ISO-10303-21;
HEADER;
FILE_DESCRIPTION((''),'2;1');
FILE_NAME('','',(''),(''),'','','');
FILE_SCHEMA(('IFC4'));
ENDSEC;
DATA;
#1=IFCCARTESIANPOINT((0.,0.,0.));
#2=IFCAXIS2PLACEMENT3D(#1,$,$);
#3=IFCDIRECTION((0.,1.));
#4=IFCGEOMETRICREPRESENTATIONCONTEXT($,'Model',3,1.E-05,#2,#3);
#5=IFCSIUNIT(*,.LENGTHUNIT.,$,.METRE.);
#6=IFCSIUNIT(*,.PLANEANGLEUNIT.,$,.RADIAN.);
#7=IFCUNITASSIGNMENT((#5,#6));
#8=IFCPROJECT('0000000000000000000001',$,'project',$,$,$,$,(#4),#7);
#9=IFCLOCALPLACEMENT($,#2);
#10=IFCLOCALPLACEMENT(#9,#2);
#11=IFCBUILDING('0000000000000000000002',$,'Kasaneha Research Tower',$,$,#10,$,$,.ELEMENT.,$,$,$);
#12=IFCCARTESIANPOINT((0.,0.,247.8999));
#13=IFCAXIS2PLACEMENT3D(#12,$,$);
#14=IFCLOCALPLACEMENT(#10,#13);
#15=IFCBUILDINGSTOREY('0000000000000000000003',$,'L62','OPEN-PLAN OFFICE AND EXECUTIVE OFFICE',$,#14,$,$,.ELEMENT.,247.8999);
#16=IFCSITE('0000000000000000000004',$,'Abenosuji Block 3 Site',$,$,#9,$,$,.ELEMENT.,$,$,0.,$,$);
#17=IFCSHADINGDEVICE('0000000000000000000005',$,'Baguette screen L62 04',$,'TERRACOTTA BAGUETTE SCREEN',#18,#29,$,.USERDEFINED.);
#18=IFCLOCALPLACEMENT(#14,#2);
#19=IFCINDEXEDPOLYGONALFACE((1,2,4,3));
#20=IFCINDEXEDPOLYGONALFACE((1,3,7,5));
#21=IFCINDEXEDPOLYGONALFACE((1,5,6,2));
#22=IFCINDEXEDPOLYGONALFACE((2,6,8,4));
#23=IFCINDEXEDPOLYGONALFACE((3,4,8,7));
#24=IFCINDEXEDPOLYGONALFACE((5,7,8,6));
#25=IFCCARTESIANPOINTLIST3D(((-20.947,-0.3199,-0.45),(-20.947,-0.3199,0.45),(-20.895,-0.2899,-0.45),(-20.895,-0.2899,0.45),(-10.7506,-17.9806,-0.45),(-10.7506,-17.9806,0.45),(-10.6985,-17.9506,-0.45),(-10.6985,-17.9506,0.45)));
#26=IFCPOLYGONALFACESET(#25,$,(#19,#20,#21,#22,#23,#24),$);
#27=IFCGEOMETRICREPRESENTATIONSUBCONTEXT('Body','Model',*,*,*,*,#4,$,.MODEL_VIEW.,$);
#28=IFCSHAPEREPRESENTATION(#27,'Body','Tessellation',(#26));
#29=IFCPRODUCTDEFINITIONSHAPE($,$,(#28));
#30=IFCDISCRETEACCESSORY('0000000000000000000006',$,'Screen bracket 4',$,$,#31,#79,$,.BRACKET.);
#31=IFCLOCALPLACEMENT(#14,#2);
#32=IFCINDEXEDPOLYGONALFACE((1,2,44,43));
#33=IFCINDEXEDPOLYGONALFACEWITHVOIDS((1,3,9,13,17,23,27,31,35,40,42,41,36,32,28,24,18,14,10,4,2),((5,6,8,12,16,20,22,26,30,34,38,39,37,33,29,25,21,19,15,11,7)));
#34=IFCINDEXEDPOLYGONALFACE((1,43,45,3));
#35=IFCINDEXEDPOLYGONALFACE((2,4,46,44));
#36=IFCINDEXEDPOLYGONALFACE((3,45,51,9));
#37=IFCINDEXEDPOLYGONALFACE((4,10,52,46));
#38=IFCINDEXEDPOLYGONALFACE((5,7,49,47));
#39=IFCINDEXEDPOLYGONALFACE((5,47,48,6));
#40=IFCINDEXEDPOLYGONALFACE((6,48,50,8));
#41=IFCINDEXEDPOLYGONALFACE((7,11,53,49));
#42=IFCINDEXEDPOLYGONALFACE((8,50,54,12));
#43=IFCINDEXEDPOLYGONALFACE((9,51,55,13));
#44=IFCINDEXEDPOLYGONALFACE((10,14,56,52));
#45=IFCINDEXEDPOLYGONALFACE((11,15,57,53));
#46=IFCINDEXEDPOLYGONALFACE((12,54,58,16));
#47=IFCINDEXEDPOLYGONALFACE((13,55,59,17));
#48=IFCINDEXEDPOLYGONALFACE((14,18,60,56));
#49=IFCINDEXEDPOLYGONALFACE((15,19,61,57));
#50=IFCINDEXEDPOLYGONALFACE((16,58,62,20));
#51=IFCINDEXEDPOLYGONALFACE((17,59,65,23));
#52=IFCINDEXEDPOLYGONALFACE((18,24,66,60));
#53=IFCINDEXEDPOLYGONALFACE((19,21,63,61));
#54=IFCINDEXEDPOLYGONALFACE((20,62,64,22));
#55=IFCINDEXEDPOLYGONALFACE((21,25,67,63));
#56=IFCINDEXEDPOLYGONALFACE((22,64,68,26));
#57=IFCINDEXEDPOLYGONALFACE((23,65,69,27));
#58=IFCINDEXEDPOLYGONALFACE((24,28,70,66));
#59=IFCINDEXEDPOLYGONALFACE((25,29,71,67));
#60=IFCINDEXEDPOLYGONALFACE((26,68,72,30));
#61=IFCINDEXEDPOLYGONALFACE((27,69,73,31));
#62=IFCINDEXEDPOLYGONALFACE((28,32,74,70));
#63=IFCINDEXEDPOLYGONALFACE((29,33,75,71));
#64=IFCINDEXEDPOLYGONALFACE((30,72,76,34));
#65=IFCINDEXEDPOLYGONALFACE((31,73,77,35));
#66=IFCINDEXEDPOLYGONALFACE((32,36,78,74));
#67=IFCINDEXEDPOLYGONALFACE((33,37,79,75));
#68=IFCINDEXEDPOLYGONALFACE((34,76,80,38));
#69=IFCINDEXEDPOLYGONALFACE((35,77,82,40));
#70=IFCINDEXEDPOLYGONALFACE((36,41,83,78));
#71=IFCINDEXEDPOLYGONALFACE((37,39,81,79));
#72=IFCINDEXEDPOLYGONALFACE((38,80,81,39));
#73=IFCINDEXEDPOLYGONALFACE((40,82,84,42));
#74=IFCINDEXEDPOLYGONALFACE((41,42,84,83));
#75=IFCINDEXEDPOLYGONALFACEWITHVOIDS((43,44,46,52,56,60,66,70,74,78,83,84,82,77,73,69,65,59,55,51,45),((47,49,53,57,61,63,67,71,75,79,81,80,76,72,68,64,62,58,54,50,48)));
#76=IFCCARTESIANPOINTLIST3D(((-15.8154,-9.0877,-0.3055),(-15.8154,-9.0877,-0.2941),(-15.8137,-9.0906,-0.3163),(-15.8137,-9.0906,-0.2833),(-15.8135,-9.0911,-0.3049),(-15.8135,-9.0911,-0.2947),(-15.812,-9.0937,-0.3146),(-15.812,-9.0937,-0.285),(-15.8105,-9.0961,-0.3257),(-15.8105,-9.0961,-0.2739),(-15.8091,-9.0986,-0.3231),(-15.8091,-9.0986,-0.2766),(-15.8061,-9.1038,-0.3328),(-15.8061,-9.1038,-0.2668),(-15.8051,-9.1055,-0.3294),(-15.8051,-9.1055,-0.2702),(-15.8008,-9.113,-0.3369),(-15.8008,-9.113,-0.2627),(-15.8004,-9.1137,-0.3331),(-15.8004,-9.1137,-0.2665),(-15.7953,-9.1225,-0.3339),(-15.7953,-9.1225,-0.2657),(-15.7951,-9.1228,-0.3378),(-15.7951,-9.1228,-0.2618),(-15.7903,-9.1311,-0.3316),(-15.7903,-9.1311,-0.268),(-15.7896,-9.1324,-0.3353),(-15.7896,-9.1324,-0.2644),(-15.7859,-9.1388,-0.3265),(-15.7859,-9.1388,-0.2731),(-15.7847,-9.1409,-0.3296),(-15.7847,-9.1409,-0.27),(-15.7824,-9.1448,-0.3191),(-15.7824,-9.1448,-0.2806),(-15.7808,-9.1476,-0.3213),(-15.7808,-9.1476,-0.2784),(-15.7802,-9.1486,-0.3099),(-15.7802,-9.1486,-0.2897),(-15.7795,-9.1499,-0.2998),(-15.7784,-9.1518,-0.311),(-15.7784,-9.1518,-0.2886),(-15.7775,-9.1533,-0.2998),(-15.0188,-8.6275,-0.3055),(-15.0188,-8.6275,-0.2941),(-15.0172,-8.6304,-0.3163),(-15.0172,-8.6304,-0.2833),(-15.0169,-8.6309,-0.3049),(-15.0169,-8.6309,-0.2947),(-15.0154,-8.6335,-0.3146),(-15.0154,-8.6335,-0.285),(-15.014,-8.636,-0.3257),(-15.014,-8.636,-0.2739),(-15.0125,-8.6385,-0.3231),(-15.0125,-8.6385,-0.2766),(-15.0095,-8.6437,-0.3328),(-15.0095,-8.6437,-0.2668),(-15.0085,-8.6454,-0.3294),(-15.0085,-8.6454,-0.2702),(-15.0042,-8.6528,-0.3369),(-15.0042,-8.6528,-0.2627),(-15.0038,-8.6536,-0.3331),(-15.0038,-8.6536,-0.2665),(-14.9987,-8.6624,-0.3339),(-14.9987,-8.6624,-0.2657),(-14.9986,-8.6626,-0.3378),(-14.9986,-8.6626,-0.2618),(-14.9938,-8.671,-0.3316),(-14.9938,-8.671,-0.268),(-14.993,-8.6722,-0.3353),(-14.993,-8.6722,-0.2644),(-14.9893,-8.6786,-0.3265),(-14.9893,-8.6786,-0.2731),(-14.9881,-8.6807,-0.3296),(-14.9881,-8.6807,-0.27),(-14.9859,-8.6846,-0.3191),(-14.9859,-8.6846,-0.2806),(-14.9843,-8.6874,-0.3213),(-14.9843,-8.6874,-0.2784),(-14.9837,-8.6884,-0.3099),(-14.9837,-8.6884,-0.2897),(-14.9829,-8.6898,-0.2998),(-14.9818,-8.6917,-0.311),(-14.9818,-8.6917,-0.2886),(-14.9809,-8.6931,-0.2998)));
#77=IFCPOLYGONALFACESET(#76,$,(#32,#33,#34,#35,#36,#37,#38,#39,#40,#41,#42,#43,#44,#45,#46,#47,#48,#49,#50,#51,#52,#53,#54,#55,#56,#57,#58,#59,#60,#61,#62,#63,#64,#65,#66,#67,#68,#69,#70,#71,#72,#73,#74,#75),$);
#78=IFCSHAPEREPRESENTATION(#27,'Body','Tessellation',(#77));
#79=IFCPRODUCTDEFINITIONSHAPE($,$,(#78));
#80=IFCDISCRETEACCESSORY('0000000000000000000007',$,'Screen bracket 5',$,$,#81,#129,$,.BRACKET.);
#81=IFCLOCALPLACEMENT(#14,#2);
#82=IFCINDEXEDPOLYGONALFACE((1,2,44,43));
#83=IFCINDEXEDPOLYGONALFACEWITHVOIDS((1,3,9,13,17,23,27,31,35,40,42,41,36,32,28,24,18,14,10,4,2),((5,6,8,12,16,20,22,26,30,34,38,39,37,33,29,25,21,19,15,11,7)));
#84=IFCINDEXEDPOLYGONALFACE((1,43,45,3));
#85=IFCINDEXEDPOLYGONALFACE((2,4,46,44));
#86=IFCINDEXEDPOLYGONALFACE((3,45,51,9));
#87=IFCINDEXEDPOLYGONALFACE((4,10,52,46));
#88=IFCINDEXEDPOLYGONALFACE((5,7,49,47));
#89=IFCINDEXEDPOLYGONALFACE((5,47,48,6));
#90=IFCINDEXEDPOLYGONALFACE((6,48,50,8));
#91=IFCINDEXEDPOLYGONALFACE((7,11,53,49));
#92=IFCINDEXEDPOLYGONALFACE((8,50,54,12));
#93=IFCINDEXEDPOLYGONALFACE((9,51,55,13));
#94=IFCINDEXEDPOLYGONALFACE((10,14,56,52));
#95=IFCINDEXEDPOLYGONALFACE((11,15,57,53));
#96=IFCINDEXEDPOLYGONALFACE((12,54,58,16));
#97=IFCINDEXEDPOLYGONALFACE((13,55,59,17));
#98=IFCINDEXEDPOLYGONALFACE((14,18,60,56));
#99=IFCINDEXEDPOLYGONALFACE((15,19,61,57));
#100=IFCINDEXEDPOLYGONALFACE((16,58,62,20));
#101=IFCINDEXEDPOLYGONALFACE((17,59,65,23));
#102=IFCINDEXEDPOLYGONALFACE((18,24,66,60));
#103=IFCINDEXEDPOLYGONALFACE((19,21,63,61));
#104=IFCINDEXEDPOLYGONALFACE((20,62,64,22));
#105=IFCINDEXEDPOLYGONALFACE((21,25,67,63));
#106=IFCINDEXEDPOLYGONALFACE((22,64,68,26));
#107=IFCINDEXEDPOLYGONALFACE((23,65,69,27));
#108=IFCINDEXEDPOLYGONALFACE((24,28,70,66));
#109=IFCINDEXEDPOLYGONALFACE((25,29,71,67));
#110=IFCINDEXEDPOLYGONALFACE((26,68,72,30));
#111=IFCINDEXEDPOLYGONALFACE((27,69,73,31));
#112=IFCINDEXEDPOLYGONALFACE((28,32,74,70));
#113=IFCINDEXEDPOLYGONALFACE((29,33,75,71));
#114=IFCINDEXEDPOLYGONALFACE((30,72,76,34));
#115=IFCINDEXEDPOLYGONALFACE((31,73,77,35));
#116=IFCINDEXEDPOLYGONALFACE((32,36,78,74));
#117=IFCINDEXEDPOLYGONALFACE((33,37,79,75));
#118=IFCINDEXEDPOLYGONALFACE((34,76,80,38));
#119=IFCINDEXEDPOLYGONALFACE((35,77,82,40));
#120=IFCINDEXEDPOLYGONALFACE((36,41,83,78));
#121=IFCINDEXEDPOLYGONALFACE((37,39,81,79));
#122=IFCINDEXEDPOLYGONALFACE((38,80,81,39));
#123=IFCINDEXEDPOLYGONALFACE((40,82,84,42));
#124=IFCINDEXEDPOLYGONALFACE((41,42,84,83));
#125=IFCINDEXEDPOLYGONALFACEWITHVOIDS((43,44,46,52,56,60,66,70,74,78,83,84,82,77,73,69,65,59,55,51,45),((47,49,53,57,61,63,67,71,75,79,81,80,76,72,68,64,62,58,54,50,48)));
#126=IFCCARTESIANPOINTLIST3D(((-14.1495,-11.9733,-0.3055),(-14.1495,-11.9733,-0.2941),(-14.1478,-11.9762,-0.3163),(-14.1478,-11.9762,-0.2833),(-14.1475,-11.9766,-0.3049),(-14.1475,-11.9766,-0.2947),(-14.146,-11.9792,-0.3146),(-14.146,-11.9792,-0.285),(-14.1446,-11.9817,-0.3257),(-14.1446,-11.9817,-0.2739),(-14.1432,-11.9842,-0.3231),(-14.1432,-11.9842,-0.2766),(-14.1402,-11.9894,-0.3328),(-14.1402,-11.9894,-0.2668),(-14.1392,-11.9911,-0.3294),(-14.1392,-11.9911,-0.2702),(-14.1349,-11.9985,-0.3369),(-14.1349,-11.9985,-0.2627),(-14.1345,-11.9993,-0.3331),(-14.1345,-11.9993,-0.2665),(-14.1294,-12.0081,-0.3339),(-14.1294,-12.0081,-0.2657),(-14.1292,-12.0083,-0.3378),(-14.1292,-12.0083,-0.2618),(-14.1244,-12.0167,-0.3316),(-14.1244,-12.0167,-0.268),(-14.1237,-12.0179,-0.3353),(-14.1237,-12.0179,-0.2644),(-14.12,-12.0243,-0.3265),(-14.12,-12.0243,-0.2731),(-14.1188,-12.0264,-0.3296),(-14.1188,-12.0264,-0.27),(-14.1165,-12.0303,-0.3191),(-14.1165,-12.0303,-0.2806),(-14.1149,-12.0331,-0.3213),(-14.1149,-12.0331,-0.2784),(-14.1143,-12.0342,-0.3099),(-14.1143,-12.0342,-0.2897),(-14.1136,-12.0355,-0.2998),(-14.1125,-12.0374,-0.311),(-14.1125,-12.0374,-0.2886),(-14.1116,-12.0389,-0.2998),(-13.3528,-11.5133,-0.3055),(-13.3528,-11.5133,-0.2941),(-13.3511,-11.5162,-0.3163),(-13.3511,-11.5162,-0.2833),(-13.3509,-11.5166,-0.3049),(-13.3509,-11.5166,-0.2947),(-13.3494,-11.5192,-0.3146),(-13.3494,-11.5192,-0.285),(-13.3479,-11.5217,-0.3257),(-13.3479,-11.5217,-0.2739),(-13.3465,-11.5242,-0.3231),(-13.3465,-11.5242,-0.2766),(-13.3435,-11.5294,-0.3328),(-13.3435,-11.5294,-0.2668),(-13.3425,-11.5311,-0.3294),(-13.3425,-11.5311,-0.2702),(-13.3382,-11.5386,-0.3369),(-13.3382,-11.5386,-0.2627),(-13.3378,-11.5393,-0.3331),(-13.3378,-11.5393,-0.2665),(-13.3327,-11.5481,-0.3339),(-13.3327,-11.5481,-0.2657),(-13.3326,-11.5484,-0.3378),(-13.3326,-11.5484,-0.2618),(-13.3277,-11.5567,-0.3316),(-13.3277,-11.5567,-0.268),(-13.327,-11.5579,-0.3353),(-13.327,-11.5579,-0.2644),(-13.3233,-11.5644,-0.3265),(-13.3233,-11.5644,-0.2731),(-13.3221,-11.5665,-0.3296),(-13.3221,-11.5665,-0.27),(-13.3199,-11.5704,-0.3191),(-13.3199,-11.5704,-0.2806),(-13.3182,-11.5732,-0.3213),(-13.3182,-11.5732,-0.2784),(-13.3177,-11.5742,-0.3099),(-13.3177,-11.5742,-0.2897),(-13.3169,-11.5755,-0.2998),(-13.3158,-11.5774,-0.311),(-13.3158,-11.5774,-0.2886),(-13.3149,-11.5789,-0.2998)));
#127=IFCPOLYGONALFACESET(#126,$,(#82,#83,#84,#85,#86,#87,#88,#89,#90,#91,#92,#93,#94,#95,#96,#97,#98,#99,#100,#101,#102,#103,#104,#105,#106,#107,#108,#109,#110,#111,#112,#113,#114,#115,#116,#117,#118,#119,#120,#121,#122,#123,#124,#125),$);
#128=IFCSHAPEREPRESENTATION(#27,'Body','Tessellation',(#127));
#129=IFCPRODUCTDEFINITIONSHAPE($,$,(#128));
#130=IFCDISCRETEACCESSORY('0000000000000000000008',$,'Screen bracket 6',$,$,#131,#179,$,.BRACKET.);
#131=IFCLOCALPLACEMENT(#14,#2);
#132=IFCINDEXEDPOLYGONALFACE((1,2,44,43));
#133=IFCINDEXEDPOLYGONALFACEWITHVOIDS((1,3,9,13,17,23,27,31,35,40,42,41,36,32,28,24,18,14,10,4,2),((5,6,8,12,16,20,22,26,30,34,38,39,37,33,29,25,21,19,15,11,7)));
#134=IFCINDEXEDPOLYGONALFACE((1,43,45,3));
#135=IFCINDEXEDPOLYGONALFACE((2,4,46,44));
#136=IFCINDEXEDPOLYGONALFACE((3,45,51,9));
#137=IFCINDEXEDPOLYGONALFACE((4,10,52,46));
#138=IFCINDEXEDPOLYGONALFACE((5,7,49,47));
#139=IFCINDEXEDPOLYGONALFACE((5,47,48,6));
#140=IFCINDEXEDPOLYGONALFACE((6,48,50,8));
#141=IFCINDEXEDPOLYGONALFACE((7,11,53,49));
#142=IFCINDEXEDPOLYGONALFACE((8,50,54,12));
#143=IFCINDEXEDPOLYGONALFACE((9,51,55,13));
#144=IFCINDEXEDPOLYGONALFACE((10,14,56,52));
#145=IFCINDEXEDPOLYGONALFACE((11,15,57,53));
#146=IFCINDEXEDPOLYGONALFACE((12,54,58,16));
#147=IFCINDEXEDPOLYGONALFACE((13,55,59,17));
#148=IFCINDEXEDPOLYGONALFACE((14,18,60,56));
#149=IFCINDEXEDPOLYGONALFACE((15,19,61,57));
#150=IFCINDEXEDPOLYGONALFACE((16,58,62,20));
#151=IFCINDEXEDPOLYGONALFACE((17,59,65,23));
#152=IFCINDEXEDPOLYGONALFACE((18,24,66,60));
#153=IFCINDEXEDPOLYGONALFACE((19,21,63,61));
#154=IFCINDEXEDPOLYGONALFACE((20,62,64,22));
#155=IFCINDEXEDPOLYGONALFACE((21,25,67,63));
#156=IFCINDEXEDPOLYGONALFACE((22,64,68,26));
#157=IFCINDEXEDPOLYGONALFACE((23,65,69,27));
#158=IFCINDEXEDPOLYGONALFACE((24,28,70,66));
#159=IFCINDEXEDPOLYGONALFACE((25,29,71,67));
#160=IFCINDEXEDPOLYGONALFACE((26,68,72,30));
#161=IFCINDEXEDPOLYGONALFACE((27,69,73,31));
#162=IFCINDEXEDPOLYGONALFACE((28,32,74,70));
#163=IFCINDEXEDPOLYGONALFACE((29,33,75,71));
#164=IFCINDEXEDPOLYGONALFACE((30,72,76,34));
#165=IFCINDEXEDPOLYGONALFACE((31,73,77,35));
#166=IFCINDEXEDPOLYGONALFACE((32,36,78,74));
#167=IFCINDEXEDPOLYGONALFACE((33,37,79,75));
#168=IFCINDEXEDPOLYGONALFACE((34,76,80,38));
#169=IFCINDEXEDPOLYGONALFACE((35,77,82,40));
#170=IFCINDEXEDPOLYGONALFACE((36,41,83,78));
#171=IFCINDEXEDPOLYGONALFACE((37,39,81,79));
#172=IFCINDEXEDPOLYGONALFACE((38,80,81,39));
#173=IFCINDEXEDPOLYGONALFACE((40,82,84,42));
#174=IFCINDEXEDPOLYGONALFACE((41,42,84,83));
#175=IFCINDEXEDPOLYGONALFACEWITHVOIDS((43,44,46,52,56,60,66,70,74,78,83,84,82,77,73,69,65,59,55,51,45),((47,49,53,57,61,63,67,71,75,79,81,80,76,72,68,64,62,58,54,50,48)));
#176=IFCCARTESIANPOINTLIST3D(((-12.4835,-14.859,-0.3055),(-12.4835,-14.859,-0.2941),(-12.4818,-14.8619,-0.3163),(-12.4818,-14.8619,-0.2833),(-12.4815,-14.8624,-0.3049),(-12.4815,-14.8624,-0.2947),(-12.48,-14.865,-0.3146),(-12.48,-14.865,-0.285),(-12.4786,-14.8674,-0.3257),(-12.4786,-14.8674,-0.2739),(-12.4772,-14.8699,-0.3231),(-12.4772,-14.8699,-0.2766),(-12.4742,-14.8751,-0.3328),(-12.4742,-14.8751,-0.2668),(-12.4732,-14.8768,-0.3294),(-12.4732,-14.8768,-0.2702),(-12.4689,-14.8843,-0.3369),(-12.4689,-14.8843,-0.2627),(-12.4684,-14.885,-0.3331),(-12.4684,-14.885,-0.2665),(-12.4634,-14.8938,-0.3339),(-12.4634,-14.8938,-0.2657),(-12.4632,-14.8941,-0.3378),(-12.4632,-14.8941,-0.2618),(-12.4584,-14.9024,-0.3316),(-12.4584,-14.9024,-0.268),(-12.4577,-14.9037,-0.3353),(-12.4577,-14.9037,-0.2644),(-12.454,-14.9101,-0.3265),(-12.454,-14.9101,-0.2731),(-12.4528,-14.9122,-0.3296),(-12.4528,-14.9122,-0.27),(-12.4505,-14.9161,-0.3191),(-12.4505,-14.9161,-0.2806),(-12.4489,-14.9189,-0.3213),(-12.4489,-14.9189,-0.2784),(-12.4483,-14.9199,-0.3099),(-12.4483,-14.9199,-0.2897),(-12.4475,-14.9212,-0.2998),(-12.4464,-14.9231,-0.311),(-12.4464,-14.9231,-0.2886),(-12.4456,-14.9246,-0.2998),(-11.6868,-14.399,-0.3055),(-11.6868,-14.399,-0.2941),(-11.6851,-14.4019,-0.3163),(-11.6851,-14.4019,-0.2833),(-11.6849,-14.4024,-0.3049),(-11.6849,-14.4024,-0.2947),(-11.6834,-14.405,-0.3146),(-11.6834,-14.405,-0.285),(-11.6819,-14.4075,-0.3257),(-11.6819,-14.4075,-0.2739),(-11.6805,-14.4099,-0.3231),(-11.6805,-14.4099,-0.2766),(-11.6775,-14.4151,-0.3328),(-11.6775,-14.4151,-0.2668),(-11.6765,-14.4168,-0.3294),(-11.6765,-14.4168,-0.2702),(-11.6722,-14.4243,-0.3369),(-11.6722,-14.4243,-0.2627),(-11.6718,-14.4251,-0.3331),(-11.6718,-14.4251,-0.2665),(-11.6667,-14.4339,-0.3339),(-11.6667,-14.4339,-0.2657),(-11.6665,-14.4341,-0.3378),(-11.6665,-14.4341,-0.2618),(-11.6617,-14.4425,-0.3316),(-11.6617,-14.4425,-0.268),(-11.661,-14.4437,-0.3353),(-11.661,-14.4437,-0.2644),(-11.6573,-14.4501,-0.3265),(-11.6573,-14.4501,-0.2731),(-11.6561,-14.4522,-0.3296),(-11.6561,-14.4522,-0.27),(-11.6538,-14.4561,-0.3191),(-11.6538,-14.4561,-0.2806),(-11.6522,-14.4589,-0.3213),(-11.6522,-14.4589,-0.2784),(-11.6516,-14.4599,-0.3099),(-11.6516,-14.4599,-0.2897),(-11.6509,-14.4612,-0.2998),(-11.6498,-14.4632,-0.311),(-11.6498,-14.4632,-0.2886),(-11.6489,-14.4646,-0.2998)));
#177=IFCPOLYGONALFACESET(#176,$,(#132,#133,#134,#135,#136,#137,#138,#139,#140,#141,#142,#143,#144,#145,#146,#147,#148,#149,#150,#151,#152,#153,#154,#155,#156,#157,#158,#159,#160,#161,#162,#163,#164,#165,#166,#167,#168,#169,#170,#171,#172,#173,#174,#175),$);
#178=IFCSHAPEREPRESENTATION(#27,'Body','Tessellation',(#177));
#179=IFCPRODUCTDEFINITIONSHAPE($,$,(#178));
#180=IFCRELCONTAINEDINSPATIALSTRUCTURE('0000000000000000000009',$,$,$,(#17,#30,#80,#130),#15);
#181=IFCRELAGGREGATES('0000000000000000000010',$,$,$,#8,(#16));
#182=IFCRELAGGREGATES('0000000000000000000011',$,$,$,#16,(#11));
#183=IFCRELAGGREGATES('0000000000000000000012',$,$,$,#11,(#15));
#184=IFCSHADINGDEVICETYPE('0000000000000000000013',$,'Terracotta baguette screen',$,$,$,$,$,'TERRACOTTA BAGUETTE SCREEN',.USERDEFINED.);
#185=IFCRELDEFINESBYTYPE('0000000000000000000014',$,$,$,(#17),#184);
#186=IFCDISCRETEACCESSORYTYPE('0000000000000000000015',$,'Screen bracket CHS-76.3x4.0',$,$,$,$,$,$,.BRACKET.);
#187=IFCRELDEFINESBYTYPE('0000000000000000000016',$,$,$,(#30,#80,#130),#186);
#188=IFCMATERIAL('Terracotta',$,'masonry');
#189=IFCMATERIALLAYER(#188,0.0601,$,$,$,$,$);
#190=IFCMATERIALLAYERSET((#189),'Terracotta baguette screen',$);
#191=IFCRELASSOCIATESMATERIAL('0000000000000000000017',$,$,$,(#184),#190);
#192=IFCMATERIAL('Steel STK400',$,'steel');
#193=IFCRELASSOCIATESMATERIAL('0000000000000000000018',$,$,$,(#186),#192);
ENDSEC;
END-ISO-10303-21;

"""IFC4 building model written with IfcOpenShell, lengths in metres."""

from ifc_helpers import new_model, si_unit, direction, frame, origin, origin_2d, place, context, subcontext, project, spatial, rectangle, hollow_circle, extrude, material, layer, layer_set, material_profile, profile_set, type_object, element, save


model = new_model("IFC4")

# Units and contexts
model_context = context("Model", 3, precision=1e-05, world=origin(), true_north=direction((0.0, 1.0)))
body_context = subcontext(model_context, "Body", "Model", "MODEL_VIEW")
ifc_project = project(units=[si_unit("LENGTHUNIT", "METRE"), si_unit("PLANEANGLEUNIT", "RADIAN")], contexts=[model_context])

# Site, building, storey
site_placement = place(None, origin())
site = spatial("IfcSite", under=ifc_project, at=site_placement, Name="Abenosuji Block 3 Site", CompositionType="ELEMENT", RefElevation=0.0)
building_placement = place(site_placement, origin())
building = spatial("IfcBuilding", under=site, at=building_placement, Name="Kasaneha Research Tower", CompositionType="ELEMENT")
storey_placement = place(building_placement, frame((0.0, 0.0, 247.8999)))
storey = spatial("IfcBuildingStorey", under=building, at=storey_placement, Name="L62", Description="OPEN-PLAN OFFICE AND EXECUTIVE OFFICE", CompositionType="ELEMENT", Elevation=247.8999)

# Shading device
ifc_material_1 = material(Name="Terracotta", Category="masonry")
ifc_layer_1 = layer(ifc_material_1, 0.0601)
ifc_layer_set_1 = layer_set([ifc_layer_1], Name="Terracotta baguette screen")
shading_device_type = type_object("IfcShadingDeviceType", Name="Terracotta baguette screen", ElementType="TERRACOTTA BAGUETTE SCREEN", PredefinedType="USERDEFINED", material=ifc_layer_set_1)
shading_device_placement = place(storey_placement, frame((-15.8228, -9.1353, -0.45), z_axis=(0.0, 0.0, 1.0), x_axis=(0.5, -0.866025, 0.0)))
element("IfcShadingDevice", 1, at=shading_device_placement, inside=storey, type_object=shading_device_type, Name="Baguette screen L62 04", ObjectType="TERRACOTTA BAGUETTE SCREEN", PredefinedType="USERDEFINED", context=body_context, shape_type="SweptSolid", body=[
    extrude(rectangle(XDim=20.3928, YDim=0.0601, at=origin_2d()), origin(), (0.0, 0.0, 1.0), 0.8999),
])

# Discrete accessories
ifc_material_2 = material(Name="Steel STK400", Category="steel")
ifc_material_profile_1 = material_profile(ifc_material_2, hollow_circle(Radius=0.0381, WallThickness=0.0039, at=origin_2d()), Name="CHS-76.3x4.0")
ifc_profile_set_1 = profile_set([ifc_material_profile_1], Name="Steel STK400")
discrete_accessory_type = type_object("IfcDiscreteAccessoryType", Name="Screen bracket CHS-76.3x4.0", PredefinedType="BRACKET", material=ifc_profile_set_1)
for number, where, z_axis, x_axis, name in (
    (2, (-15.0, -8.6602, -0.2998), (-0.865898, -0.50022, 0.0), (0.50022, -0.865898, 0.0), "Screen bracket 4"),
    (3, (-13.334, -11.5459, -0.2998), (-0.866013, -0.500021, 0.0), (0.500021, -0.866013, 0.0), "Screen bracket 5"),
    (4, (-11.668, -14.4316, -0.2998), (-0.866013, -0.500021, 0.0), (0.500021, -0.866013, 0.0), "Screen bracket 6"),
):
    element("IfcDiscreteAccessory", number, at=place(storey_placement, frame(where, z_axis=z_axis, x_axis=x_axis)), inside=storey, type_object=discrete_accessory_type, Name=name, PredefinedType="BRACKET", context=body_context, shape_type="SweptSolid", body=[
        extrude(hollow_circle(Radius=0.0381, WallThickness=0.0039, at=origin_2d()), origin(), (0.0, 0.0, 1.0), 0.9199),
    ])

save(model, "model.ifc")
